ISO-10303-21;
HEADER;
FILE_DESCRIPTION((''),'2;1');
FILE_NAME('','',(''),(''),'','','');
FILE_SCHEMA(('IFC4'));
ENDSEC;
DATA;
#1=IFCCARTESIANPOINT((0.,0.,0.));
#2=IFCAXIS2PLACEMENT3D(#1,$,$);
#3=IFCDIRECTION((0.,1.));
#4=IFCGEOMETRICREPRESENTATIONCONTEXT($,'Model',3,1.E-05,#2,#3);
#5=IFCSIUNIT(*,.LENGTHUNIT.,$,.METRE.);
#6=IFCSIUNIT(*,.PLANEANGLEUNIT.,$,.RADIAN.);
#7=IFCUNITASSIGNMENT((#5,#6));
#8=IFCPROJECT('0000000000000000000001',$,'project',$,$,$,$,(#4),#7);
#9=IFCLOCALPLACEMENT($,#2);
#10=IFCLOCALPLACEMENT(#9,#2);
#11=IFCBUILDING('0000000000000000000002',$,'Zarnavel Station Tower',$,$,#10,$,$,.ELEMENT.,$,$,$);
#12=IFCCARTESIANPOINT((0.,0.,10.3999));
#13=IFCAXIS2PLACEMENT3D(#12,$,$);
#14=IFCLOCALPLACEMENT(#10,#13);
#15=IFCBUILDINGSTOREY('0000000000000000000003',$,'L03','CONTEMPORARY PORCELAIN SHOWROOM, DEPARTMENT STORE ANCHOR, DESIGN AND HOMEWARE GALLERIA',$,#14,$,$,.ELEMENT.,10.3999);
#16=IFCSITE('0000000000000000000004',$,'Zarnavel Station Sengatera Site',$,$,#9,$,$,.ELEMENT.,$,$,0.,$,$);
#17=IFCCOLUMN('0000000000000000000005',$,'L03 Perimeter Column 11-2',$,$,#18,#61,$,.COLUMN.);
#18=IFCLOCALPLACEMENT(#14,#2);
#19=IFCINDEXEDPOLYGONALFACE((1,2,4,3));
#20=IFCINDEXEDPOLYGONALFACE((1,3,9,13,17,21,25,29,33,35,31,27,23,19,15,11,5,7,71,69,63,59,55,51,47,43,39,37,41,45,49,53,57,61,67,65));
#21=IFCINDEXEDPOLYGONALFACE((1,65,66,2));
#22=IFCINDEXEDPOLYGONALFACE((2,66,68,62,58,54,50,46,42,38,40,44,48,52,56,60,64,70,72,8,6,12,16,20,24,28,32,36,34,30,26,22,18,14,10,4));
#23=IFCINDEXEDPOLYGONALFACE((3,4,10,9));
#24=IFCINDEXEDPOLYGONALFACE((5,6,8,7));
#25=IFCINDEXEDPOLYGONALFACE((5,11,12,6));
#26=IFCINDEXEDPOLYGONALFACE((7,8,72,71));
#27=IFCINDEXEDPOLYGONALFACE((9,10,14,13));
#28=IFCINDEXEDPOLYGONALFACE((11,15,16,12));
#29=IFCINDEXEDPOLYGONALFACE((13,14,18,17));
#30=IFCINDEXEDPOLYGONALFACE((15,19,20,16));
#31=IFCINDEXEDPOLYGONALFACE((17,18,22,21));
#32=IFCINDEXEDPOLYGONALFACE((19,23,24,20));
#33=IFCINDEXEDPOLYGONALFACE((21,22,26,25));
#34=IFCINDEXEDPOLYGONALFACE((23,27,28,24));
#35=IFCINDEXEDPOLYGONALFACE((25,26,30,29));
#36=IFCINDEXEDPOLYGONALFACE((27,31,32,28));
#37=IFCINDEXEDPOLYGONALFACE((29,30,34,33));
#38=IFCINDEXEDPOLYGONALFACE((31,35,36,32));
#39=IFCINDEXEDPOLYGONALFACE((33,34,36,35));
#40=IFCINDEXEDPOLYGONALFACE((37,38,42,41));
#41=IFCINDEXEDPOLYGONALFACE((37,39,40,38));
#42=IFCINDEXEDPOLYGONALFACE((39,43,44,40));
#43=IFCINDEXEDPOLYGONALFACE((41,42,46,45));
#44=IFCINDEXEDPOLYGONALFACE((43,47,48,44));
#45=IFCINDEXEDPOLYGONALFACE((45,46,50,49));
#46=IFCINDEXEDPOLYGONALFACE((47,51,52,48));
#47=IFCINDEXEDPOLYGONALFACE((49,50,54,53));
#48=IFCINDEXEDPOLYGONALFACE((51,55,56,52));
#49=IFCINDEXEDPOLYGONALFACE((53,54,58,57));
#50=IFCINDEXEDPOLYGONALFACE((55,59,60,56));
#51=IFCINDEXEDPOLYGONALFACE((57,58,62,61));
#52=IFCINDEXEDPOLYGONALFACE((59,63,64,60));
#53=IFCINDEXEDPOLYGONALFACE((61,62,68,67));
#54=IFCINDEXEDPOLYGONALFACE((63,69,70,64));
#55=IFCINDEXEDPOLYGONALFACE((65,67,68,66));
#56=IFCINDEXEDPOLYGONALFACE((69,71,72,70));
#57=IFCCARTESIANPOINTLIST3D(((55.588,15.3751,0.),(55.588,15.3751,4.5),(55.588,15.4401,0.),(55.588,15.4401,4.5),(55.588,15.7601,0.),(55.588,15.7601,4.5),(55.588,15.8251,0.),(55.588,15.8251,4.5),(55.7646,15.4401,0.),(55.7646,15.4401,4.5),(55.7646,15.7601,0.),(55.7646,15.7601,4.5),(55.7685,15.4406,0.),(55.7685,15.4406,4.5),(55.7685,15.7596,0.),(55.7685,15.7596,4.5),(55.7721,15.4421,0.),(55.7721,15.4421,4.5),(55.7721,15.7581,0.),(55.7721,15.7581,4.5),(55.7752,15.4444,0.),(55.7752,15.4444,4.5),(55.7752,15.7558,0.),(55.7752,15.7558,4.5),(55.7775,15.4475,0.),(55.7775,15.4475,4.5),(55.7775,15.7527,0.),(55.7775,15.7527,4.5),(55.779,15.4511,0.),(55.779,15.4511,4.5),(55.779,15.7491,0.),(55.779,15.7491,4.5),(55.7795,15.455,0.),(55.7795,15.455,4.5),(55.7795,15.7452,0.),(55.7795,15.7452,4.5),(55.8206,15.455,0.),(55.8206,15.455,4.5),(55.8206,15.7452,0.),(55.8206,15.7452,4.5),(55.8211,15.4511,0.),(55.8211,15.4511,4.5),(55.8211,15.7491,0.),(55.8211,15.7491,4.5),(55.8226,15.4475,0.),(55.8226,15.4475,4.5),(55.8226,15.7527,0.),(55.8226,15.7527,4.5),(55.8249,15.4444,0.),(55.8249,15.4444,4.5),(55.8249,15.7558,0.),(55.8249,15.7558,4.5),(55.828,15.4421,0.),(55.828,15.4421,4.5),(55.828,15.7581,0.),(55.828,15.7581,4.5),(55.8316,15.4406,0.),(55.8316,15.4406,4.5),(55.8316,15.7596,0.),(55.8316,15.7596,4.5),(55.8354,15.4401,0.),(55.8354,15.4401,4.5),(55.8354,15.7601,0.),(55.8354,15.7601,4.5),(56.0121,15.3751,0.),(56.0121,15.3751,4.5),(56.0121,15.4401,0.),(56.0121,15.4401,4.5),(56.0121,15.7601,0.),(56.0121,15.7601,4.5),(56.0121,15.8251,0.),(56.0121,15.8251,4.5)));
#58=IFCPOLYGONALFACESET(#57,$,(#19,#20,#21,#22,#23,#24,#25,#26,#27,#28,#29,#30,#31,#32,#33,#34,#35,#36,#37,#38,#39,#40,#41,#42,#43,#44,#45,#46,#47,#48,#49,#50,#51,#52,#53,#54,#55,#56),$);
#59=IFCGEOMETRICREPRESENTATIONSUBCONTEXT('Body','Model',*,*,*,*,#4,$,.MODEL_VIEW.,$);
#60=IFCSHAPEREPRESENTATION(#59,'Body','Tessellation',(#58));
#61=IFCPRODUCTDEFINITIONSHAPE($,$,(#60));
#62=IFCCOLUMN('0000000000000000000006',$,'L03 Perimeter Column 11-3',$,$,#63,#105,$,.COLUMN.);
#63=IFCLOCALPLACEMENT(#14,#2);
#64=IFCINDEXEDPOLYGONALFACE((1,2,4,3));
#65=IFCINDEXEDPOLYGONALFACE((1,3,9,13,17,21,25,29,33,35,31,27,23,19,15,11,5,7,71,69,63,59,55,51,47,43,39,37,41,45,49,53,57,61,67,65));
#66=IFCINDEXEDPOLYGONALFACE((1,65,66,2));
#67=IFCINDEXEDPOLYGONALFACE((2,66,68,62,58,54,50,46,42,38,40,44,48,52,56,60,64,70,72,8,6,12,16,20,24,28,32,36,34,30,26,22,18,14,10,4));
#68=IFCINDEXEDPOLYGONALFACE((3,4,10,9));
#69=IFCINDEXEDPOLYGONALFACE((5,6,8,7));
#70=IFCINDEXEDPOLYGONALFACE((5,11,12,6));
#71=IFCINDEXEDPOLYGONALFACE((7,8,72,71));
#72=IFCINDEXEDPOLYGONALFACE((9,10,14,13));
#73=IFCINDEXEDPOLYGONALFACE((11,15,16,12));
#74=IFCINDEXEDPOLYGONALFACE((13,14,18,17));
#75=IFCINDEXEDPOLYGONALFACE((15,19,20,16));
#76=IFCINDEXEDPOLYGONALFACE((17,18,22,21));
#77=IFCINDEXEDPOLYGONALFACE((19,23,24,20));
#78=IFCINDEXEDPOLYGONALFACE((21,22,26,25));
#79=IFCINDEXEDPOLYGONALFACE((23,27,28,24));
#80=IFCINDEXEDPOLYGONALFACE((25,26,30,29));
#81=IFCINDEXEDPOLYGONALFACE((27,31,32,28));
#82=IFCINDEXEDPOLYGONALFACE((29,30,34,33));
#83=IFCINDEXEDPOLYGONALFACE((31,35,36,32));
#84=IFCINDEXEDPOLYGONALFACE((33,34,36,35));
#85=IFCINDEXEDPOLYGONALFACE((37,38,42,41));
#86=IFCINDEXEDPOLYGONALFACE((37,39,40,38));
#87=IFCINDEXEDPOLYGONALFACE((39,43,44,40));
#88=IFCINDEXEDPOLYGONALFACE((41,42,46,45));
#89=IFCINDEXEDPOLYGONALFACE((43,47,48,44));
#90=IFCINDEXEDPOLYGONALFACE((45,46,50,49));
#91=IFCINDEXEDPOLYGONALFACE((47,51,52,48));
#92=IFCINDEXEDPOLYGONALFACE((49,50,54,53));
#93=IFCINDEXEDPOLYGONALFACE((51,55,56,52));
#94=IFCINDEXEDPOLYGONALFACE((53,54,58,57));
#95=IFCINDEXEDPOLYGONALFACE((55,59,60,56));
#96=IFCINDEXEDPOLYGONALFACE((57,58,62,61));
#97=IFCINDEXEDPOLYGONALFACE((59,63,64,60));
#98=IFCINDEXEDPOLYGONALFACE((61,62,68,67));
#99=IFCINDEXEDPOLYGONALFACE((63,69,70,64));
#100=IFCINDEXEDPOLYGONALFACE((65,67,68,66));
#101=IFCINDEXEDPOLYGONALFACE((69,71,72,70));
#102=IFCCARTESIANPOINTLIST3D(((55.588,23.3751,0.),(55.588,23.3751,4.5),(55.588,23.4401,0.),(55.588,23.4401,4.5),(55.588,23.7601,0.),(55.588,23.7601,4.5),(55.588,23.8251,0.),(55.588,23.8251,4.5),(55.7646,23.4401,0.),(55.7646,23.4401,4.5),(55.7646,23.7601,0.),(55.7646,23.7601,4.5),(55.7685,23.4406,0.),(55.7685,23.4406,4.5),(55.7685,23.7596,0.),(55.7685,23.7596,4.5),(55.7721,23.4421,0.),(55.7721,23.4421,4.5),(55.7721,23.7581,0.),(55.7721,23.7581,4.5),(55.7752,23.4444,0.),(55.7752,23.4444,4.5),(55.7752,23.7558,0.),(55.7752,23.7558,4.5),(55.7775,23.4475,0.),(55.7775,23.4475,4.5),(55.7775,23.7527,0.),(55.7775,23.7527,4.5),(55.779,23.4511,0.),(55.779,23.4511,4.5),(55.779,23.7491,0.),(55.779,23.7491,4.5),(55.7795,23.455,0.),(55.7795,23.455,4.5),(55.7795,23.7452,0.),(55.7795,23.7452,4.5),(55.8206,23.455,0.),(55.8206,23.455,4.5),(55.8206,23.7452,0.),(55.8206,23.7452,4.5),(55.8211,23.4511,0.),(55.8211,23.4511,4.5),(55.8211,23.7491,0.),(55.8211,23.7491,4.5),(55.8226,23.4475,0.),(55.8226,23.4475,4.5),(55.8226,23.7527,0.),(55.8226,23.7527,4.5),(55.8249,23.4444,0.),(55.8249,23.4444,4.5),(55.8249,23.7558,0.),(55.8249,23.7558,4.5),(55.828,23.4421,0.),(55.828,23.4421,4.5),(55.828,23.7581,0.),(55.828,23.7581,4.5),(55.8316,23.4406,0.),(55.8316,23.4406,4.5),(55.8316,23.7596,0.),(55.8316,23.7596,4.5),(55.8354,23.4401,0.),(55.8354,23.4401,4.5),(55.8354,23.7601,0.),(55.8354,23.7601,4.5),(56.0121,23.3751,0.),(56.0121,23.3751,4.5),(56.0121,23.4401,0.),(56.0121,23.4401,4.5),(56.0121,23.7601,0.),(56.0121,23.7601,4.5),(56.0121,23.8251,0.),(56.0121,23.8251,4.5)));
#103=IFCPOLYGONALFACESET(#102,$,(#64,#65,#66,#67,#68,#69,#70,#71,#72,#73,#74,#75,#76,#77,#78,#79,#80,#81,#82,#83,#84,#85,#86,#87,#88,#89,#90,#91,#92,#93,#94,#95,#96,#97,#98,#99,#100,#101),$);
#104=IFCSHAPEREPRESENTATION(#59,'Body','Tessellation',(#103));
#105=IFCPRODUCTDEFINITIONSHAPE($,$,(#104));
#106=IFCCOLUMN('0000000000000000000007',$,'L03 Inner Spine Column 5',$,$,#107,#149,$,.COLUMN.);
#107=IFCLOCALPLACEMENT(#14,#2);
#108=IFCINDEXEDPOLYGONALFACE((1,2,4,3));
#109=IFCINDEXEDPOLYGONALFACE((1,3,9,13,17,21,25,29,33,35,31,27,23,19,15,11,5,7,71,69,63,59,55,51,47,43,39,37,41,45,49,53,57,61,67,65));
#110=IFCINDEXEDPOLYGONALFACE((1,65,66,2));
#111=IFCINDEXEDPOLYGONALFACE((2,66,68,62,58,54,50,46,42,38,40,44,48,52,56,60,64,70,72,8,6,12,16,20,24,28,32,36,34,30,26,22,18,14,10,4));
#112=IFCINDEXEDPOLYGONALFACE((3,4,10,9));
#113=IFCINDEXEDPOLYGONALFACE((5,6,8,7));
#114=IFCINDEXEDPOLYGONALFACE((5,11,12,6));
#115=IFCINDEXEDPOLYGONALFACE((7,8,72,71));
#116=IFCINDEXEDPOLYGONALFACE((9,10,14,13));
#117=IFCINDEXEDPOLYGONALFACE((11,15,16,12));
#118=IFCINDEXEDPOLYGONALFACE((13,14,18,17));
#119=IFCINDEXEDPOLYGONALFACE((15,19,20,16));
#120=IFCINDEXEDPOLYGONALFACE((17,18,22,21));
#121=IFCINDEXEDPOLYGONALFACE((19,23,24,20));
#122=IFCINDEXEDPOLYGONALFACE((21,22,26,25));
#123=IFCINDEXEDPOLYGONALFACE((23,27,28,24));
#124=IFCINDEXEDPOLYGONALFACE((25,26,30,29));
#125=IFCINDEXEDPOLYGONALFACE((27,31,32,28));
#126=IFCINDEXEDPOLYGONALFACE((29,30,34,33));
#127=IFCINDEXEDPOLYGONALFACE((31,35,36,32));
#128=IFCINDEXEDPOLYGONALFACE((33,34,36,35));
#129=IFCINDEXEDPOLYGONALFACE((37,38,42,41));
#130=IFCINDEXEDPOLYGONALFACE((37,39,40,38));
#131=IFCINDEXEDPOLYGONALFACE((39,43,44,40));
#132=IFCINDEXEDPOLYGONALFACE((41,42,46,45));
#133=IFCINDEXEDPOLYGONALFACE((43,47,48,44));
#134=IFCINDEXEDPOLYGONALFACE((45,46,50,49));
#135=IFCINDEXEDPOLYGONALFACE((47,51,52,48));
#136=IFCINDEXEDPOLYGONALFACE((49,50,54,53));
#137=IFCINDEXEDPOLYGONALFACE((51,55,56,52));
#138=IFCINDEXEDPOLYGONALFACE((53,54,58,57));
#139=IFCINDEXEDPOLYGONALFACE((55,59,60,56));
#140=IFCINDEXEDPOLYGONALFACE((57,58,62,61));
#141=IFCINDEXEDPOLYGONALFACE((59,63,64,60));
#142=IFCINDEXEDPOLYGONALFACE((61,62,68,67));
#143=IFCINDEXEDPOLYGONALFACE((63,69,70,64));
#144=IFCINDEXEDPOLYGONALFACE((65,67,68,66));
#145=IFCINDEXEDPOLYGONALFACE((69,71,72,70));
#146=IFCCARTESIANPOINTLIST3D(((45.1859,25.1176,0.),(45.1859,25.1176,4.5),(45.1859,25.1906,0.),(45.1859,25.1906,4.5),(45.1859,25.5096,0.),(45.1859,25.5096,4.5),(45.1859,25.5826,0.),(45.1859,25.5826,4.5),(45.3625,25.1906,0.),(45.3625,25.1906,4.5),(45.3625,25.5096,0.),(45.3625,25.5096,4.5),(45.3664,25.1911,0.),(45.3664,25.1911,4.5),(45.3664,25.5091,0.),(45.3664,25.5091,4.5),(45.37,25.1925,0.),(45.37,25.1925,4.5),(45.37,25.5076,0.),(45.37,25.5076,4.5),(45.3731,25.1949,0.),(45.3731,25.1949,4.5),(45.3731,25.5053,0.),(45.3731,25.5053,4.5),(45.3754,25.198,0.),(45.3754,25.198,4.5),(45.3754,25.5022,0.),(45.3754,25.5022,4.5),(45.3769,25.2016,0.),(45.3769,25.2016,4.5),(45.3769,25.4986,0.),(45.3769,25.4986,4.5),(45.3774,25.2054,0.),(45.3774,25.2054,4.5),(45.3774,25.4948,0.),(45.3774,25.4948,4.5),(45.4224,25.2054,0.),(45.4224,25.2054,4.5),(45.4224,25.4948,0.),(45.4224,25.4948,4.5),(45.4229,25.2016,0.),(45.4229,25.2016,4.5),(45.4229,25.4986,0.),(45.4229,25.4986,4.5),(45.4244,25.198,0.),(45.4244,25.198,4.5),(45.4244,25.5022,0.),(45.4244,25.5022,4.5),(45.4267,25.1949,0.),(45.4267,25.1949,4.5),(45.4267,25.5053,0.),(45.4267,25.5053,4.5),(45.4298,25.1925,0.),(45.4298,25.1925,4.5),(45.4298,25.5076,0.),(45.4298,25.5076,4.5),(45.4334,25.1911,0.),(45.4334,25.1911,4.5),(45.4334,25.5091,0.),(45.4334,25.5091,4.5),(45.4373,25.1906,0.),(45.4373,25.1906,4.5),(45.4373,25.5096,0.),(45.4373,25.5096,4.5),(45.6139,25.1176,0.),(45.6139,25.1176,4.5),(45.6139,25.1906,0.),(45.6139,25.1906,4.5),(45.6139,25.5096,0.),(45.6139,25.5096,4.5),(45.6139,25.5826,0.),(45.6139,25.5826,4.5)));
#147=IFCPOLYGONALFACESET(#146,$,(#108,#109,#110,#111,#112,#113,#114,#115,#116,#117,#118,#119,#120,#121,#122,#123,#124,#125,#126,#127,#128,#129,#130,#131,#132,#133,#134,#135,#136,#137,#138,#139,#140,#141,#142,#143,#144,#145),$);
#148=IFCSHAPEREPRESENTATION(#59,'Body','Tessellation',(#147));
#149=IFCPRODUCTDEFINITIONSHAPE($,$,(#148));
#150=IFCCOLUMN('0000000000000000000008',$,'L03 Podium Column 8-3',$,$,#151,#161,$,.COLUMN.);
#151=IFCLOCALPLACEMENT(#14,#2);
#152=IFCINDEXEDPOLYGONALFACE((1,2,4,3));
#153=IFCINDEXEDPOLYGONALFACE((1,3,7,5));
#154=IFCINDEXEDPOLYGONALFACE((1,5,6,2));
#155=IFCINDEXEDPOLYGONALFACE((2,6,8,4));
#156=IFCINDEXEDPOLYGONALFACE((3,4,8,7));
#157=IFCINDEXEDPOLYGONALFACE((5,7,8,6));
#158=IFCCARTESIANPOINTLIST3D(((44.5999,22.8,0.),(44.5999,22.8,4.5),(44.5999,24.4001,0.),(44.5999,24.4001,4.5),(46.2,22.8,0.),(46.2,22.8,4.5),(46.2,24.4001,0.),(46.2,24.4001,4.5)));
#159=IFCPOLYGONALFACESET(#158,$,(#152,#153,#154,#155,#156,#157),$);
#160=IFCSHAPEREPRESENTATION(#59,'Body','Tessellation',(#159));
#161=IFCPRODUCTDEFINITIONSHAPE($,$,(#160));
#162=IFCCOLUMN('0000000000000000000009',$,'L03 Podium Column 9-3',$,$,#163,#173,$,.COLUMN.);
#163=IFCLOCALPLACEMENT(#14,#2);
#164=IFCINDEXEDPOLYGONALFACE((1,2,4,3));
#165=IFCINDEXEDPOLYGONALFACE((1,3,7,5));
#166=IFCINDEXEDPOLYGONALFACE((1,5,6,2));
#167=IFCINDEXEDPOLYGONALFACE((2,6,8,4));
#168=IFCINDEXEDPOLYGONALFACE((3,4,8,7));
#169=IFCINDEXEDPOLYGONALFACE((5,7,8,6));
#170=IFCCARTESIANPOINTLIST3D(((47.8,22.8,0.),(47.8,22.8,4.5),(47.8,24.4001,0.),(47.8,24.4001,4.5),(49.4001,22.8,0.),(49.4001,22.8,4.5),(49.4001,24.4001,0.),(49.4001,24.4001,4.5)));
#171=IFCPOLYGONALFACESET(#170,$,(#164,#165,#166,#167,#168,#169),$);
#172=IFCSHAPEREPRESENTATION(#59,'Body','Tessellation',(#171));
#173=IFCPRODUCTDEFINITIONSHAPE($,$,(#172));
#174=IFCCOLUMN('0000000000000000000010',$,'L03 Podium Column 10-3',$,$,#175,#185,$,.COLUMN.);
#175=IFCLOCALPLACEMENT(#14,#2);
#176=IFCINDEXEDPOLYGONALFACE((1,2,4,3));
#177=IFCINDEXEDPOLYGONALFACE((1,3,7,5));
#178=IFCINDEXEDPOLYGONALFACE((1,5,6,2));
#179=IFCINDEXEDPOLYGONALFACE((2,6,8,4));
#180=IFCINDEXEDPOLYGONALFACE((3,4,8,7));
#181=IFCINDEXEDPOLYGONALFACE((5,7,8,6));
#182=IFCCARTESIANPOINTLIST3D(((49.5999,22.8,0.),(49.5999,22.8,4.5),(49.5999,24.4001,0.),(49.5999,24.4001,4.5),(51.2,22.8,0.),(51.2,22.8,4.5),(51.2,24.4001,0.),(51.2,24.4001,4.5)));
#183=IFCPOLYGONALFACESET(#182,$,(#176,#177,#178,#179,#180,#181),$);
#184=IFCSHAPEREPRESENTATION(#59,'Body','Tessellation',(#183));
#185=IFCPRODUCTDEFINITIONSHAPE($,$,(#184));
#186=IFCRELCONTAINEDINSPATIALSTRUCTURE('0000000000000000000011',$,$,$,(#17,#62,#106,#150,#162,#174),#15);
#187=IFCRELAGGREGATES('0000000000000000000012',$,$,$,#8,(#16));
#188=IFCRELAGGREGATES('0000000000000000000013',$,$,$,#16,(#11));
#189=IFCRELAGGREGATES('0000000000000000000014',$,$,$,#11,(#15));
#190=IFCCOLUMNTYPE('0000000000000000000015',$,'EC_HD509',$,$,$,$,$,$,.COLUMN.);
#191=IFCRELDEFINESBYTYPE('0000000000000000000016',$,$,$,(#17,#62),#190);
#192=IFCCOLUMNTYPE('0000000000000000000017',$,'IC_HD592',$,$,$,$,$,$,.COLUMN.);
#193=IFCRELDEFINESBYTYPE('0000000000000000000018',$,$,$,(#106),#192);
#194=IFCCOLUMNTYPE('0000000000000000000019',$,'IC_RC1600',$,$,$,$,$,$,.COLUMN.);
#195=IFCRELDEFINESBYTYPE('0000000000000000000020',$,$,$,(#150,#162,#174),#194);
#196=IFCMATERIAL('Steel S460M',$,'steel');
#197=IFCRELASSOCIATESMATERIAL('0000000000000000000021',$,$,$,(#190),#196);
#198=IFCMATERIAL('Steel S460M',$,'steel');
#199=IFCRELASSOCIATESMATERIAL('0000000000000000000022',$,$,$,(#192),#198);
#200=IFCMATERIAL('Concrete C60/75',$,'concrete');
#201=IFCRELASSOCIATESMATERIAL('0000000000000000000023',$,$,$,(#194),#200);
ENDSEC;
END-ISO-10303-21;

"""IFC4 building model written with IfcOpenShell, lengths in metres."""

from ifc_helpers import new_model, si_unit, direction, frame, origin, origin_2d, place, context, subcontext, project, spatial, rectangle, i_section, extrude, material, material_profile, profile_set, type_object, element, save


model = new_model("IFC4")

# Units and contexts
model_context = context("Model", 3, precision=1e-05, world=origin(), true_north=direction((0.0, 1.0)))
body_context = subcontext(model_context, "Body", "Model", "MODEL_VIEW")
ifc_project = project(units=[si_unit("LENGTHUNIT", "METRE"), si_unit("PLANEANGLEUNIT", "RADIAN")], contexts=[model_context])

# Site, building, storey
site_placement = place(None, origin())
site = spatial("IfcSite", under=ifc_project, at=site_placement, Name="Zarnavel Station Sengatera Site", CompositionType="ELEMENT", RefElevation=0.0)
building_placement = place(site_placement, origin())
building = spatial("IfcBuilding", under=site, at=building_placement, Name="Zarnavel Station Tower", CompositionType="ELEMENT")
storey_placement = place(building_placement, frame((0.0, 0.0, 10.3999)))
storey = spatial("IfcBuildingStorey", under=building, at=storey_placement, Name="L03", Description="CONTEMPORARY PORCELAIN SHOWROOM, DEPARTMENT STORE ANCHOR, DESIGN AND HOMEWARE GALLERIA", CompositionType="ELEMENT", Elevation=10.3999)

# Columns
ifc_material_1 = material(Name="Steel S460M", Category="steel")
ifc_material_profile_1 = material_profile(ifc_material_1, i_section(OverallWidth=0.4241, OverallDepth=0.45, WebThickness=0.041, FlangeThickness=0.0649, FilletRadius=0.0149, at=origin_2d()), Name="HD400x509")
ifc_profile_set_1 = profile_set([ifc_material_profile_1], Name="Steel S460M")
column_type_1 = type_object("IfcColumnType", Name="EC_HD509", PredefinedType="COLUMN", material=ifc_profile_set_1)
for number, where, z_axis, x_axis, name in (
    (1, (55.8, 15.6001, 0.0), (0.0, 0.0, 1.0), (1.0, 0.0, 0.0), "L03 Perimeter Column 11-2"),
    (2, (55.8, 23.6001, 0.0), (0.0, 0.0, 1.0), (1.0, 0.0, 0.0), "L03 Perimeter Column 11-3"),
):
    element("IfcColumn", number, at=place(storey_placement, frame(where, z_axis=z_axis, x_axis=x_axis)), inside=storey, type_object=column_type_1, Name=name, PredefinedType="COLUMN", context=body_context, shape_type="SweptSolid", body=[
        extrude(i_section(OverallWidth=0.4241, OverallDepth=0.45, WebThickness=0.041, FlangeThickness=0.0649, FilletRadius=0.0149, at=origin_2d()), origin(), (0.0, 0.0, 1.0), 4.5),
    ])
ifc_material_2 = material(Name="Steel S460M", Category="steel")
ifc_material_profile_2 = material_profile(ifc_material_2, i_section(OverallWidth=0.428, OverallDepth=0.4651, WebThickness=0.0449, FlangeThickness=0.073, FilletRadius=0.0149, at=origin_2d()), Name="HD400x592")
ifc_profile_set_2 = profile_set([ifc_material_profile_2], Name="Steel S460M")
column_type_2 = type_object("IfcColumnType", Name="IC_HD592", PredefinedType="COLUMN", material=ifc_profile_set_2)
column_placement = place(storey_placement, frame((45.3999, 25.3501, 0.0), z_axis=(0.0, 0.0, 1.0), x_axis=(1.0, 0.0, 0.0)))
element("IfcColumn", 3, at=column_placement, inside=storey, type_object=column_type_2, Name="L03 Inner Spine Column 5", PredefinedType="COLUMN", context=body_context, shape_type="SweptSolid", body=[
    extrude(i_section(OverallWidth=0.428, OverallDepth=0.4651, WebThickness=0.0449, FlangeThickness=0.073, FilletRadius=0.0149, at=origin_2d()), origin(), (0.0, 0.0, 1.0), 4.5),
])
ifc_material_3 = material(Name="Concrete C60/75", Category="concrete")
ifc_material_profile_3 = material_profile(ifc_material_3, rectangle(XDim=1.6001, YDim=1.6001, at=origin_2d()), Name="RC1600x1600")
ifc_profile_set_3 = profile_set([ifc_material_profile_3], Name="Concrete C60/75")
column_type_3 = type_object("IfcColumnType", Name="IC_RC1600", PredefinedType="COLUMN", material=ifc_profile_set_3)
for number, where, z_axis, x_axis, name in (
    (4, (45.3999, 23.6001, 0.0), (0.0, 0.0, 1.0), (1.0, 0.0, 0.0), "L03 Podium Column 8-3"),
    (5, (48.6001, 23.6001, 0.0), (0.0, 0.0, 1.0), (1.0, 0.0, 0.0), "L03 Podium Column 9-3"),
    (6, (50.3999, 23.6001, 0.0), (0.0, 0.0, 1.0), (1.0, 0.0, 0.0), "L03 Podium Column 10-3"),
):
    element("IfcColumn", number, at=place(storey_placement, frame(where, z_axis=z_axis, x_axis=x_axis)), inside=storey, type_object=column_type_3, Name=name, PredefinedType="COLUMN", context=body_context, shape_type="SweptSolid", body=[
        extrude(rectangle(XDim=1.6001, YDim=1.6001, at=origin_2d()), origin(), (0.0, 0.0, 1.0), 4.5),
    ])

save(model, "model.ifc")
